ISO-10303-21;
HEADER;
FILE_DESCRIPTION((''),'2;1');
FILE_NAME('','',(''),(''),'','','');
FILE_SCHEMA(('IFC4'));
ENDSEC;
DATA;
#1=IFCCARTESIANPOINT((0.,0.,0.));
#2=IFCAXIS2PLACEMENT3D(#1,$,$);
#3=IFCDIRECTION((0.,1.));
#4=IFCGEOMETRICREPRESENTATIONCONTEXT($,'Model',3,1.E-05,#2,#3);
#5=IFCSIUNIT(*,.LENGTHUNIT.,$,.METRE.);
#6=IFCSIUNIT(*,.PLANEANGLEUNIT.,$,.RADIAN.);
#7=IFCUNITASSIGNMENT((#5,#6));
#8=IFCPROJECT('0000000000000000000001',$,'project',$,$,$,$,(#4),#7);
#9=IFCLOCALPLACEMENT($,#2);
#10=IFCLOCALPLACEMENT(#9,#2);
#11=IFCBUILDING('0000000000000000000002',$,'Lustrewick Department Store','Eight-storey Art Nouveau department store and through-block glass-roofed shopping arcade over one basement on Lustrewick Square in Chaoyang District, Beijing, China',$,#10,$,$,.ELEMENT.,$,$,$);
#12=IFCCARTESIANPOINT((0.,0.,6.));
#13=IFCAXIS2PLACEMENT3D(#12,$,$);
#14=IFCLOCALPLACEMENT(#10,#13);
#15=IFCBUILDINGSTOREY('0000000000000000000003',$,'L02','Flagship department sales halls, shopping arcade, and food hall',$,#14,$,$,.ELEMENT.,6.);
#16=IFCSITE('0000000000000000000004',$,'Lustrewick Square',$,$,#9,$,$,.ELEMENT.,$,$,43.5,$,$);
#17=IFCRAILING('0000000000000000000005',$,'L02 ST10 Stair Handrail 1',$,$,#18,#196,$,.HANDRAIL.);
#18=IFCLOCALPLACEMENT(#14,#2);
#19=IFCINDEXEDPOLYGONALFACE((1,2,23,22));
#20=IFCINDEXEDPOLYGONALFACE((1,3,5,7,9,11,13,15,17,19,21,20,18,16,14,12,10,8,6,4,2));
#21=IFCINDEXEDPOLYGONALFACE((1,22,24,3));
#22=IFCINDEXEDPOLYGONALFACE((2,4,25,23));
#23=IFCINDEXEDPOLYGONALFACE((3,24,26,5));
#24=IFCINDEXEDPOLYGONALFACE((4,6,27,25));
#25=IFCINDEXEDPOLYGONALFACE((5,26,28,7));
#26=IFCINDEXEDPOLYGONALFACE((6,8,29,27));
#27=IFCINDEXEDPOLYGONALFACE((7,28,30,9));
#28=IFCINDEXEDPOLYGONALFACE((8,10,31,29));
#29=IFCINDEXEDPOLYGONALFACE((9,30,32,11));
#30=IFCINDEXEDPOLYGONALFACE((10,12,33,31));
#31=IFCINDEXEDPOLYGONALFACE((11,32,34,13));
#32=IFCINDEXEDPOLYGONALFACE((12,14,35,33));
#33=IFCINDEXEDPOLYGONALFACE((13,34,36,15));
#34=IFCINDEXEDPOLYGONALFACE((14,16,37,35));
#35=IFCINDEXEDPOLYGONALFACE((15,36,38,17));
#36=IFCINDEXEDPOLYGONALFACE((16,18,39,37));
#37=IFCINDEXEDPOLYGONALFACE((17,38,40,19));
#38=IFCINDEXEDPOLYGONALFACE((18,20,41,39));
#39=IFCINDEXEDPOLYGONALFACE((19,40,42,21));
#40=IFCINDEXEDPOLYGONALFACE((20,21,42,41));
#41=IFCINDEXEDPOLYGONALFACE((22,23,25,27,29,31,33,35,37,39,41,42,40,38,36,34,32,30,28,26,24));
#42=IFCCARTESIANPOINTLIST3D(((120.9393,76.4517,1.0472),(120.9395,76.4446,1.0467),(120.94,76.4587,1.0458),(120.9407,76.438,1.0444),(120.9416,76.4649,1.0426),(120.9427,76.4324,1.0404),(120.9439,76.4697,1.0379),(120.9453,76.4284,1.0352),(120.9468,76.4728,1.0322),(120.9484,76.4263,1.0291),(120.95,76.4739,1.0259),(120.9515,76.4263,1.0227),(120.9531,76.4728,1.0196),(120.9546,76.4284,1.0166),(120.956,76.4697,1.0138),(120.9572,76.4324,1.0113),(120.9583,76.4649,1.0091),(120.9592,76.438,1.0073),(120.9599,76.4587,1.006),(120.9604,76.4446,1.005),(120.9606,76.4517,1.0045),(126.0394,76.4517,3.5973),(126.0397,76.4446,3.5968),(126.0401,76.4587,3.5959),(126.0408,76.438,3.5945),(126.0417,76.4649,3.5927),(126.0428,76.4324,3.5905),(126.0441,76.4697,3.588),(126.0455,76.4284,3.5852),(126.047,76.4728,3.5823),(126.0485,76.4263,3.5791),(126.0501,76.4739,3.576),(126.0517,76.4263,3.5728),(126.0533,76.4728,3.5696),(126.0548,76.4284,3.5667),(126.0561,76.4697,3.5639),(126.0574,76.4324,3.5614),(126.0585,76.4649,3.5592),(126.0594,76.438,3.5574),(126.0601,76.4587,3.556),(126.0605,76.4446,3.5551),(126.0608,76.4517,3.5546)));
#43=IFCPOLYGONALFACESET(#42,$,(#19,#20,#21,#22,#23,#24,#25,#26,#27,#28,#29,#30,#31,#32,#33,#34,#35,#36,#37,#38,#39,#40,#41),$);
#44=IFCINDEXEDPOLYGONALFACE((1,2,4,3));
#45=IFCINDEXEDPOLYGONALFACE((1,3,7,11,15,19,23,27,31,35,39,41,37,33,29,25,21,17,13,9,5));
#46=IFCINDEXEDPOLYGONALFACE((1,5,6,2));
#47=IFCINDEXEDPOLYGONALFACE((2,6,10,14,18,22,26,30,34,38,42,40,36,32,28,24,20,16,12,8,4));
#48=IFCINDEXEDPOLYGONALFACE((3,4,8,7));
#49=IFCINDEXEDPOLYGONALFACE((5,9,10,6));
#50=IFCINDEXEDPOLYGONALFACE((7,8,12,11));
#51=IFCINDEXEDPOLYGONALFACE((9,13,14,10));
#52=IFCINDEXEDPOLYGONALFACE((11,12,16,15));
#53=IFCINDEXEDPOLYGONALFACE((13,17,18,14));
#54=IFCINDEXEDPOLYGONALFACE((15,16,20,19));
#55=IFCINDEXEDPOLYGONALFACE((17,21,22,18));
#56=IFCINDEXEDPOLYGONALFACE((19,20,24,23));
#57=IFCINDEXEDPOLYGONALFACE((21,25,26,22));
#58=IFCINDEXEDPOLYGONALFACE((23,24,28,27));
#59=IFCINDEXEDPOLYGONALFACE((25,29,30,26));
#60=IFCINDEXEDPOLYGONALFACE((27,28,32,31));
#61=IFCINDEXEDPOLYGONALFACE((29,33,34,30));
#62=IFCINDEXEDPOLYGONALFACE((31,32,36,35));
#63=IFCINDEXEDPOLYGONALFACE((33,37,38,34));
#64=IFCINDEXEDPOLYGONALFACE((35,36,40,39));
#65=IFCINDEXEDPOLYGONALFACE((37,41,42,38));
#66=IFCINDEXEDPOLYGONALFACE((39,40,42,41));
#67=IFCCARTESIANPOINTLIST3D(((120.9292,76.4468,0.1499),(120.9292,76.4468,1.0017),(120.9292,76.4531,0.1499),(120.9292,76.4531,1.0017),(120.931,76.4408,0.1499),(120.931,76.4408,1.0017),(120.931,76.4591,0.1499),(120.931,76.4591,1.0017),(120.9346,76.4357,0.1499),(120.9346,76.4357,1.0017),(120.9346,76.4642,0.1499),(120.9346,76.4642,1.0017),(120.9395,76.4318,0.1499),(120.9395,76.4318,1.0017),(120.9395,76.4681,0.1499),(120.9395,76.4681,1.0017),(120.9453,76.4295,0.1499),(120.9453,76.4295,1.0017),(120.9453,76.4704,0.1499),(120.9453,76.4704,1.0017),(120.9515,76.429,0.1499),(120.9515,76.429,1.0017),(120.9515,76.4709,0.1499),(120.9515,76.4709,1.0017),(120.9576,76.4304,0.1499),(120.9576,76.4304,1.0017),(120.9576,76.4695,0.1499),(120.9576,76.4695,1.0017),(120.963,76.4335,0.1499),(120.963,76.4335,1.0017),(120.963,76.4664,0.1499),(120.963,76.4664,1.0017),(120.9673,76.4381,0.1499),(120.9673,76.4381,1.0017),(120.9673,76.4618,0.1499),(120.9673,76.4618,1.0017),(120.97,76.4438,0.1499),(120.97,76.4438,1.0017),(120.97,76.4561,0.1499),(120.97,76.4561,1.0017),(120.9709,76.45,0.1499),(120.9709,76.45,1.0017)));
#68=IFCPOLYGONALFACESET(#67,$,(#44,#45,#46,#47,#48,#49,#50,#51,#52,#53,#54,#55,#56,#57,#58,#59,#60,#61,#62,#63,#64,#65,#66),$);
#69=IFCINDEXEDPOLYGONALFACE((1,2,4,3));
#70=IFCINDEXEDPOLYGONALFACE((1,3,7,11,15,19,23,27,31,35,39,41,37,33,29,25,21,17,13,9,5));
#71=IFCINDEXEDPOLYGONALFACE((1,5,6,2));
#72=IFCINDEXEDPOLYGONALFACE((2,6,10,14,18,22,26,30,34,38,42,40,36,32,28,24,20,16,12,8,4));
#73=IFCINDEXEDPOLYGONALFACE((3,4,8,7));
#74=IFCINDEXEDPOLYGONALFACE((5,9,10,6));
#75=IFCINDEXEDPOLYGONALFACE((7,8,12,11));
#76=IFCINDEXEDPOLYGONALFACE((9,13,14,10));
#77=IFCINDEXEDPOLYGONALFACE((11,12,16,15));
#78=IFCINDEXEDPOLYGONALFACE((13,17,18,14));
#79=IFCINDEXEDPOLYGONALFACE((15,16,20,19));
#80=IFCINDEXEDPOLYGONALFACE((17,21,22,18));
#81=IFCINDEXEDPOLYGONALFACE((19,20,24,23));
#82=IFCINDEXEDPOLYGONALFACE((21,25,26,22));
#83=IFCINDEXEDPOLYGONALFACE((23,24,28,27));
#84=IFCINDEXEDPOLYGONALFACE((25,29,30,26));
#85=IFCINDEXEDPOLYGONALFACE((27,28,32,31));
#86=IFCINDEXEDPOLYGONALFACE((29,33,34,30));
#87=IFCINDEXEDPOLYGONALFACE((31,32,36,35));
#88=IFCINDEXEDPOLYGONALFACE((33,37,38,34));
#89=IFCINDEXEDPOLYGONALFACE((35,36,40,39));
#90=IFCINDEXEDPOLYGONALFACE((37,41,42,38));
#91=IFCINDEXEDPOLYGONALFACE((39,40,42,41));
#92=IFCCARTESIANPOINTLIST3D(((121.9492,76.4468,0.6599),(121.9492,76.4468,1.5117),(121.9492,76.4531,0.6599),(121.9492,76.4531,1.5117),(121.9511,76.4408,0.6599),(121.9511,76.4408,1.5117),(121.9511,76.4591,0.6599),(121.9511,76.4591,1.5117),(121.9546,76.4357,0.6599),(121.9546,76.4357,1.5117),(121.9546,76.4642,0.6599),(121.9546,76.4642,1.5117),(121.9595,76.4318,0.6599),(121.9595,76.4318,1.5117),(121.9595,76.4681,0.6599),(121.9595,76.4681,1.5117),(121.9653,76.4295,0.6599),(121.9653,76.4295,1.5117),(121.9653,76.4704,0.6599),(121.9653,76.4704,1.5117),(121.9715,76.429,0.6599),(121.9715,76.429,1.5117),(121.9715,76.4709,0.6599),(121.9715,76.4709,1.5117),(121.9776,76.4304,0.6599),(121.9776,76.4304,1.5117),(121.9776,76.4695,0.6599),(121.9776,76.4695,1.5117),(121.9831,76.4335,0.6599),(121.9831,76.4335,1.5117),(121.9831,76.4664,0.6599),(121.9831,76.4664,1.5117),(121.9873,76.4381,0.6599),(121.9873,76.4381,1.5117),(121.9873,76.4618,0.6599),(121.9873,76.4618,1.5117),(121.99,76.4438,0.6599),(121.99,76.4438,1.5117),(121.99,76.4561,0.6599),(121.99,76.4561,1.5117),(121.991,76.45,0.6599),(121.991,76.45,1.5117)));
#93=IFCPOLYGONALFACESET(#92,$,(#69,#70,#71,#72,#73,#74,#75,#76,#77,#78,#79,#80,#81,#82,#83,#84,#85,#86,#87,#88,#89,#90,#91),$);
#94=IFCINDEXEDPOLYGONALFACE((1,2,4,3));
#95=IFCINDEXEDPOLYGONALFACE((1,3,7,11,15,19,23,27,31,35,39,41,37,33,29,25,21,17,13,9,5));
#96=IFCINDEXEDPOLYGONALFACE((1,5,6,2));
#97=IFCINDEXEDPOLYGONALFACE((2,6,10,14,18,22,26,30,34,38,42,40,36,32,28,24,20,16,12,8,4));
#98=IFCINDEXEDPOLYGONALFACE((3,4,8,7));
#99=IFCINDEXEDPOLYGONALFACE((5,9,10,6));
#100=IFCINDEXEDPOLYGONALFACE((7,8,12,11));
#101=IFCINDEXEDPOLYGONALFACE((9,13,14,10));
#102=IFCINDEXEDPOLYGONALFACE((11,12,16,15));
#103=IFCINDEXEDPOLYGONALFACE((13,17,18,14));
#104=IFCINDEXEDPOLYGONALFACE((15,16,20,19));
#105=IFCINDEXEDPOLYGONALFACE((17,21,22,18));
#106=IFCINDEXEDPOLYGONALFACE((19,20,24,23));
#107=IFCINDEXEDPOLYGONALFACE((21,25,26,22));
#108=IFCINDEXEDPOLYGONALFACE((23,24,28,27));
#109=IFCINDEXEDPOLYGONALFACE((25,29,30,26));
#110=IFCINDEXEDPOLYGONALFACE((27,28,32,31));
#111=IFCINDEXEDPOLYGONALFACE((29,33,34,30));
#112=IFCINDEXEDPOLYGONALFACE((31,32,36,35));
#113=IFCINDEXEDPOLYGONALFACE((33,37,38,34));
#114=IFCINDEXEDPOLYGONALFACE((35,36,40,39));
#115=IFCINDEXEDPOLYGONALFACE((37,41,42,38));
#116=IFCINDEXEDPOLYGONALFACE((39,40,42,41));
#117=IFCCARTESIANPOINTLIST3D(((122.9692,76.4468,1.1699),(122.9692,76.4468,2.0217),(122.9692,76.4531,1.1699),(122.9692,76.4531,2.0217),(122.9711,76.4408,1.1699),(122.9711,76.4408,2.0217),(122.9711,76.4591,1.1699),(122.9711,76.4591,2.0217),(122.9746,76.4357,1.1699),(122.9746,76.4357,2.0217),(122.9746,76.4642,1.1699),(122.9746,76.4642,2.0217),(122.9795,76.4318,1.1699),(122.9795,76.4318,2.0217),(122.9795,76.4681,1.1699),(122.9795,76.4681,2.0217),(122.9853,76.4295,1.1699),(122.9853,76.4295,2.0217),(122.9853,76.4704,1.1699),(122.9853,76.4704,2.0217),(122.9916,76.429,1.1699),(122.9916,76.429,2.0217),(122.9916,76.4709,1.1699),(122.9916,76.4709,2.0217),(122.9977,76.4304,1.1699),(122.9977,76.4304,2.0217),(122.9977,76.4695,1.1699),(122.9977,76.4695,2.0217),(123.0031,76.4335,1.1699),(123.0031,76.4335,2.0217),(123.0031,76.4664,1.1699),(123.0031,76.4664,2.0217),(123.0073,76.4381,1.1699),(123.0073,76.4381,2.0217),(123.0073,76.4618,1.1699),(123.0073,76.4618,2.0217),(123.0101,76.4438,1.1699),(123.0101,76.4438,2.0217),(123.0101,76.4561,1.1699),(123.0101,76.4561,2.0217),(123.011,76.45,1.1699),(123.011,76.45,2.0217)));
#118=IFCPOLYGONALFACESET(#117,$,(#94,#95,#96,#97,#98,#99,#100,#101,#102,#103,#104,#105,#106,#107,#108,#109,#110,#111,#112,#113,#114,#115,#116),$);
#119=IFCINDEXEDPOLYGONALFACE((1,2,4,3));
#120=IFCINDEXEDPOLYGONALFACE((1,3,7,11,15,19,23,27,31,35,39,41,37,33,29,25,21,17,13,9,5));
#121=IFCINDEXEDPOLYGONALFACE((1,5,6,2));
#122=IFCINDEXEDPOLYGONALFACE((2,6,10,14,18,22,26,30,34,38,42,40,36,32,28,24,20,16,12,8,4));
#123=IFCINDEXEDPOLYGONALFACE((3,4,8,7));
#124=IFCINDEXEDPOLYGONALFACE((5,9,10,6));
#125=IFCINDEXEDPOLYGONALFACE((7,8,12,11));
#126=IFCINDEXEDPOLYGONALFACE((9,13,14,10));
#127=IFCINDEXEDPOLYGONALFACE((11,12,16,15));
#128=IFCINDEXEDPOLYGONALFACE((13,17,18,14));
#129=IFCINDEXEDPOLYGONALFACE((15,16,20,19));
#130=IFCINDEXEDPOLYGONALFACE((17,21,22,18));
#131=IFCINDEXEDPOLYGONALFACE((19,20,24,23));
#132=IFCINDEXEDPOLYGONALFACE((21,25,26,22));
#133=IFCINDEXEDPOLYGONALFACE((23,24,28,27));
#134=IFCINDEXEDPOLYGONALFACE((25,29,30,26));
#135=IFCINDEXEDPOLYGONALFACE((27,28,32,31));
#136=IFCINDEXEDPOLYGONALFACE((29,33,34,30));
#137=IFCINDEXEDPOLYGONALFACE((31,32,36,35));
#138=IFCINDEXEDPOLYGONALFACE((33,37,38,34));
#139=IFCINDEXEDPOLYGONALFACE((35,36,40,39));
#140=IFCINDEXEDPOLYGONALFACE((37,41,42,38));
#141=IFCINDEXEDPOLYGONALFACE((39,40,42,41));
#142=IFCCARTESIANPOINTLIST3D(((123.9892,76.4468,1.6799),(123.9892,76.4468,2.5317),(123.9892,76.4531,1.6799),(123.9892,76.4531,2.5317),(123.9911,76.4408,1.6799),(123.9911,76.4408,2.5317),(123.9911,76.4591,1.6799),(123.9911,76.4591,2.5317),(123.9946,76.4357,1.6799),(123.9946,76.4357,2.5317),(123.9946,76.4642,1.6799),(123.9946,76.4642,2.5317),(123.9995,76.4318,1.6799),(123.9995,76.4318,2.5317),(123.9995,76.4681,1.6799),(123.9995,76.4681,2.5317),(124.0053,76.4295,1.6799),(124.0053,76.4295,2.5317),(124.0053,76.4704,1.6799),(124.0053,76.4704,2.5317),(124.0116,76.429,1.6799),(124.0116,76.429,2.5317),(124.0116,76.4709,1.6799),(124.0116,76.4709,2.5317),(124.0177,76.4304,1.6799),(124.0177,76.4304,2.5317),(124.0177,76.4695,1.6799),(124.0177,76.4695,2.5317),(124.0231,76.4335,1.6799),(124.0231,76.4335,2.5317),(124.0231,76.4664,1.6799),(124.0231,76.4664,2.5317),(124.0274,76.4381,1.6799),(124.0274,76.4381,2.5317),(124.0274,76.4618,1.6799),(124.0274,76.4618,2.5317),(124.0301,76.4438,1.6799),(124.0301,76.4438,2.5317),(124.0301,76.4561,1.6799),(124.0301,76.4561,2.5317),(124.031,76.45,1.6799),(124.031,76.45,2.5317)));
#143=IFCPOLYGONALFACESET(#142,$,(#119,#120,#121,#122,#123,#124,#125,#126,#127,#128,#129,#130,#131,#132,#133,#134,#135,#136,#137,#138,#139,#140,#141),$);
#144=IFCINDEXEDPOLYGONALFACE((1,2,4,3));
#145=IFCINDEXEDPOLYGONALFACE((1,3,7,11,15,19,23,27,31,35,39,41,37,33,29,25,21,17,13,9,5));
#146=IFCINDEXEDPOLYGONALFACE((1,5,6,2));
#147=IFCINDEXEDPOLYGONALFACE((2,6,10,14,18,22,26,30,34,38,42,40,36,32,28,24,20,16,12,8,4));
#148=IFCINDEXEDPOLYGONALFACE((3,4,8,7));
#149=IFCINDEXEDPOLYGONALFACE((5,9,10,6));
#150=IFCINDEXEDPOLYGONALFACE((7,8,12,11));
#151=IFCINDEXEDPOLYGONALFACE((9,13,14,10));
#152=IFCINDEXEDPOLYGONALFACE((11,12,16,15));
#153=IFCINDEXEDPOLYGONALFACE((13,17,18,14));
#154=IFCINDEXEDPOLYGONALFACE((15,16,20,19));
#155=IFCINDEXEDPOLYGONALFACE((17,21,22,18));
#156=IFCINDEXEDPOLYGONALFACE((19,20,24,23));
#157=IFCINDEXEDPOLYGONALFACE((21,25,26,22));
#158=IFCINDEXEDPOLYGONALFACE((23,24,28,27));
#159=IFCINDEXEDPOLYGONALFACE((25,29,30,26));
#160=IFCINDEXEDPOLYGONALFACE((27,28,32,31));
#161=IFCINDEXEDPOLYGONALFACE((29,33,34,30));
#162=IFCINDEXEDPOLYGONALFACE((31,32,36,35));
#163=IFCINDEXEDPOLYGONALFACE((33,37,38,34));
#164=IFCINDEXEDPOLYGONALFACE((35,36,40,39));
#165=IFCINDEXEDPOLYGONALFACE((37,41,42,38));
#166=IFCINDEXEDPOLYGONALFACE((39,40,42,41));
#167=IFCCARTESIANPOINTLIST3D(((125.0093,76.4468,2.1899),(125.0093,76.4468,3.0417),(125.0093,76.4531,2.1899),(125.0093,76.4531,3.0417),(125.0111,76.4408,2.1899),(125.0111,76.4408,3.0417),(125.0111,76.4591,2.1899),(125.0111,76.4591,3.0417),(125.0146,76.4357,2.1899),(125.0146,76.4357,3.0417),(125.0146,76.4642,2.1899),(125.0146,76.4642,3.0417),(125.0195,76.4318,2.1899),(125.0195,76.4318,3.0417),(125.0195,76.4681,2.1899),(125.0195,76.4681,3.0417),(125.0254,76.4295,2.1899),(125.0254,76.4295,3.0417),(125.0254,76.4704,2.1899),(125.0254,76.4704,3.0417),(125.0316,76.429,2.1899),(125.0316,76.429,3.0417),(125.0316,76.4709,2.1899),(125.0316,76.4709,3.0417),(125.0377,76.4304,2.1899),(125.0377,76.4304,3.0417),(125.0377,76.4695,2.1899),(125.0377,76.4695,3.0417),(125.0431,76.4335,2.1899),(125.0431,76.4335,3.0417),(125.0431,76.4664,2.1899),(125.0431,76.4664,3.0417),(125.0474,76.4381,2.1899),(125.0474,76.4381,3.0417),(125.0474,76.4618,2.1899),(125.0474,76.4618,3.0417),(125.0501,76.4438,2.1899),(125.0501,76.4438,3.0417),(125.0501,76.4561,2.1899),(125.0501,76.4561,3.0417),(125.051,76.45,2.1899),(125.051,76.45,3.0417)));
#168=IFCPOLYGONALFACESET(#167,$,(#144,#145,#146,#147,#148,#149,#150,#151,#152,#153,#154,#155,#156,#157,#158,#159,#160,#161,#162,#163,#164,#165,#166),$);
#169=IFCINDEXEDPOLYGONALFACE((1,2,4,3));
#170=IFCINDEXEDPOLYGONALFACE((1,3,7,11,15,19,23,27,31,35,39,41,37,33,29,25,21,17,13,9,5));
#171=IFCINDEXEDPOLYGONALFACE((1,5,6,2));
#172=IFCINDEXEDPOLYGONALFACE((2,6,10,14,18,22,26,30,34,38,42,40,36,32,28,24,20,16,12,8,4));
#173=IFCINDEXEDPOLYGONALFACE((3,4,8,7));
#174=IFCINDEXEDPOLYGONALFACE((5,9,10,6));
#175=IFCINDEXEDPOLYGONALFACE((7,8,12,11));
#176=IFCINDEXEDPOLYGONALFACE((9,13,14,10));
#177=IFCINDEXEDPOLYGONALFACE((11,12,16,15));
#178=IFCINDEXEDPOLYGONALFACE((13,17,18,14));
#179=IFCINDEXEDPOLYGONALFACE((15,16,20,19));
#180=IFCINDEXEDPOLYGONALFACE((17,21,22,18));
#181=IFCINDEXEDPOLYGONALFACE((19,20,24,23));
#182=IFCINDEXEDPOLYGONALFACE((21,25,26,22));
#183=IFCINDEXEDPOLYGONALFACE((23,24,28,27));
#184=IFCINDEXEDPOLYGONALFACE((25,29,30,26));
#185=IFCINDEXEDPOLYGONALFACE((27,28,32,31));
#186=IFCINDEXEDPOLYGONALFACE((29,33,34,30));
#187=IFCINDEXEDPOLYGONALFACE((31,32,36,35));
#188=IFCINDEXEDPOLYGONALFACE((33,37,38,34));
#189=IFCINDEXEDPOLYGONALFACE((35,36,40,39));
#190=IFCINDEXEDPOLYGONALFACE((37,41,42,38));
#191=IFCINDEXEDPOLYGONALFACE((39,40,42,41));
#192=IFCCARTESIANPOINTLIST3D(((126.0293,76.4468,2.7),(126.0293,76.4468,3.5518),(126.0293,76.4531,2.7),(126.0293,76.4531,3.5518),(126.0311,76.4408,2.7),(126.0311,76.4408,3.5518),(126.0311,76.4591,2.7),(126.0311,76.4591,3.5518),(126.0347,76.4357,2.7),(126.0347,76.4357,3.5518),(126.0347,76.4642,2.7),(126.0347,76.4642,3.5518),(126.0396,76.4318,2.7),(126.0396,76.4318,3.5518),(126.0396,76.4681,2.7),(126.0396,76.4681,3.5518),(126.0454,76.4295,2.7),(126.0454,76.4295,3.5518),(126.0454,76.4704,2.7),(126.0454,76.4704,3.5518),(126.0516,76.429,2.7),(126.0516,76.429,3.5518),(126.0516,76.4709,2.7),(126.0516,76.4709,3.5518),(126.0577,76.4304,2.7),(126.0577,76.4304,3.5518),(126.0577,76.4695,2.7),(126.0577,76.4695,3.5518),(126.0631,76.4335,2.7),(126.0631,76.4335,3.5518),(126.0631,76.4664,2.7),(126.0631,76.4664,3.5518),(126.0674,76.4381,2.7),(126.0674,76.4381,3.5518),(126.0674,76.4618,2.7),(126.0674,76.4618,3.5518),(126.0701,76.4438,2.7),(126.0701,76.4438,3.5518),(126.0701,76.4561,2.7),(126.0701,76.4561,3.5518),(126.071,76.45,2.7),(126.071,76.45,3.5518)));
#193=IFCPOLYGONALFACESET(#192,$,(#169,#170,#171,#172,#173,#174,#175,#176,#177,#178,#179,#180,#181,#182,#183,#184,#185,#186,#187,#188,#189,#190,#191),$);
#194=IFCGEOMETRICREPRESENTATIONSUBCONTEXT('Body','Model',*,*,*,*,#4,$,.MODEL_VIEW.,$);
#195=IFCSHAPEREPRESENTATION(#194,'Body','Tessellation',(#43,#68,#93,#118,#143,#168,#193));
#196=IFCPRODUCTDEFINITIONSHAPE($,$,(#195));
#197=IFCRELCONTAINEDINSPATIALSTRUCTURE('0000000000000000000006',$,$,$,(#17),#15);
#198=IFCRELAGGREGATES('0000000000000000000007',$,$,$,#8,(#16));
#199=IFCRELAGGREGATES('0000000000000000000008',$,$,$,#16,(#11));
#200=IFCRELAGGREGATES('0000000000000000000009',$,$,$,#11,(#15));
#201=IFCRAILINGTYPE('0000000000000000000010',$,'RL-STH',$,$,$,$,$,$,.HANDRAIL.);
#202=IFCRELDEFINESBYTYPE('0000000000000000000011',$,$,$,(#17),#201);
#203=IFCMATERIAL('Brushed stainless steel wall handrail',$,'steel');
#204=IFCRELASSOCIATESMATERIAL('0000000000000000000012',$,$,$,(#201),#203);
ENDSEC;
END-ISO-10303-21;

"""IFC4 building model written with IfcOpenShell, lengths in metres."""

from ifc_helpers import new_model, si_unit, direction, frame, origin, origin_2d, place, context, subcontext, project, spatial, circle, extrude, material, type_object, element, save


model = new_model("IFC4")

# Units and contexts
model_context = context("Model", 3, precision=1e-05, world=origin(), true_north=direction((0.0, 1.0)))
body_context = subcontext(model_context, "Body", "Model", "MODEL_VIEW")
ifc_project = project(units=[si_unit("LENGTHUNIT", "METRE"), si_unit("PLANEANGLEUNIT", "RADIAN")], contexts=[model_context])

# Site, building, storey
site_placement = place(None, origin())
site = spatial("IfcSite", under=ifc_project, at=site_placement, Name="Lustrewick Square", CompositionType="ELEMENT", RefElevation=43.5)
building_placement = place(site_placement, origin())
building = spatial("IfcBuilding", under=site, at=building_placement, Name="Lustrewick Department Store", Description="Eight-storey Art Nouveau department store and through-block glass-roofed shopping arcade over one basement on Lustrewick Square in Chaoyang District, Beijing, China", CompositionType="ELEMENT")
storey_placement = place(building_placement, frame((0.0, 0.0, 6.0)))
storey = spatial("IfcBuildingStorey", under=building, at=storey_placement, Name="L02", Description="Flagship department sales halls, shopping arcade, and food hall", CompositionType="ELEMENT", Elevation=6.0)

# Railing
ifc_material_1 = material(Name="Brushed stainless steel wall handrail", Category="steel")
railing_type_1 = type_object("IfcRailingType", Name="RL-STH", PredefinedType="HANDRAIL", material=ifc_material_1)
railing_1_placement = place(storey_placement, frame((120.95, 76.45, 0.1499)))
element("IfcRailing", 1, at=railing_1_placement, inside=storey, type_object=railing_type_1, Name="L02 ST10 Stair Handrail 1", PredefinedType="HANDRAIL", context=body_context, shape_type="SweptSolid", body=[
    extrude(circle(Radius=0.0239, at=origin_2d()), frame((0.0, 0.0, 0.876), z_axis=(0.894427, 0.0, 0.447214), x_axis=(0.0, 1.0, 0.0)), (0.0, 0.0, 1.0), 5.7021),
    extrude(circle(Radius=0.021, at=origin_2d()), origin(), (0.0, 0.0, 1.0), 0.8518),
    extrude(circle(Radius=0.021, at=origin_2d()), frame((1.02, 0.0, 0.51)), (0.0, 0.0, 1.0), 0.8518),
    extrude(circle(Radius=0.021, at=origin_2d()), frame((2.04, 0.0, 1.02)), (0.0, 0.0, 1.0), 0.8518),
    extrude(circle(Radius=0.021, at=origin_2d()), frame((3.0601, 0.0, 1.53)), (0.0, 0.0, 1.0), 0.8518),
    extrude(circle(Radius=0.021, at=origin_2d()), frame((4.0801, 0.0, 2.04)), (0.0, 0.0, 1.0), 0.8518),
    extrude(circle(Radius=0.021, at=origin_2d()), frame((5.1001, 0.0, 2.55)), (0.0, 0.0, 1.0), 0.8518),
])

save(model, "model.ifc")
